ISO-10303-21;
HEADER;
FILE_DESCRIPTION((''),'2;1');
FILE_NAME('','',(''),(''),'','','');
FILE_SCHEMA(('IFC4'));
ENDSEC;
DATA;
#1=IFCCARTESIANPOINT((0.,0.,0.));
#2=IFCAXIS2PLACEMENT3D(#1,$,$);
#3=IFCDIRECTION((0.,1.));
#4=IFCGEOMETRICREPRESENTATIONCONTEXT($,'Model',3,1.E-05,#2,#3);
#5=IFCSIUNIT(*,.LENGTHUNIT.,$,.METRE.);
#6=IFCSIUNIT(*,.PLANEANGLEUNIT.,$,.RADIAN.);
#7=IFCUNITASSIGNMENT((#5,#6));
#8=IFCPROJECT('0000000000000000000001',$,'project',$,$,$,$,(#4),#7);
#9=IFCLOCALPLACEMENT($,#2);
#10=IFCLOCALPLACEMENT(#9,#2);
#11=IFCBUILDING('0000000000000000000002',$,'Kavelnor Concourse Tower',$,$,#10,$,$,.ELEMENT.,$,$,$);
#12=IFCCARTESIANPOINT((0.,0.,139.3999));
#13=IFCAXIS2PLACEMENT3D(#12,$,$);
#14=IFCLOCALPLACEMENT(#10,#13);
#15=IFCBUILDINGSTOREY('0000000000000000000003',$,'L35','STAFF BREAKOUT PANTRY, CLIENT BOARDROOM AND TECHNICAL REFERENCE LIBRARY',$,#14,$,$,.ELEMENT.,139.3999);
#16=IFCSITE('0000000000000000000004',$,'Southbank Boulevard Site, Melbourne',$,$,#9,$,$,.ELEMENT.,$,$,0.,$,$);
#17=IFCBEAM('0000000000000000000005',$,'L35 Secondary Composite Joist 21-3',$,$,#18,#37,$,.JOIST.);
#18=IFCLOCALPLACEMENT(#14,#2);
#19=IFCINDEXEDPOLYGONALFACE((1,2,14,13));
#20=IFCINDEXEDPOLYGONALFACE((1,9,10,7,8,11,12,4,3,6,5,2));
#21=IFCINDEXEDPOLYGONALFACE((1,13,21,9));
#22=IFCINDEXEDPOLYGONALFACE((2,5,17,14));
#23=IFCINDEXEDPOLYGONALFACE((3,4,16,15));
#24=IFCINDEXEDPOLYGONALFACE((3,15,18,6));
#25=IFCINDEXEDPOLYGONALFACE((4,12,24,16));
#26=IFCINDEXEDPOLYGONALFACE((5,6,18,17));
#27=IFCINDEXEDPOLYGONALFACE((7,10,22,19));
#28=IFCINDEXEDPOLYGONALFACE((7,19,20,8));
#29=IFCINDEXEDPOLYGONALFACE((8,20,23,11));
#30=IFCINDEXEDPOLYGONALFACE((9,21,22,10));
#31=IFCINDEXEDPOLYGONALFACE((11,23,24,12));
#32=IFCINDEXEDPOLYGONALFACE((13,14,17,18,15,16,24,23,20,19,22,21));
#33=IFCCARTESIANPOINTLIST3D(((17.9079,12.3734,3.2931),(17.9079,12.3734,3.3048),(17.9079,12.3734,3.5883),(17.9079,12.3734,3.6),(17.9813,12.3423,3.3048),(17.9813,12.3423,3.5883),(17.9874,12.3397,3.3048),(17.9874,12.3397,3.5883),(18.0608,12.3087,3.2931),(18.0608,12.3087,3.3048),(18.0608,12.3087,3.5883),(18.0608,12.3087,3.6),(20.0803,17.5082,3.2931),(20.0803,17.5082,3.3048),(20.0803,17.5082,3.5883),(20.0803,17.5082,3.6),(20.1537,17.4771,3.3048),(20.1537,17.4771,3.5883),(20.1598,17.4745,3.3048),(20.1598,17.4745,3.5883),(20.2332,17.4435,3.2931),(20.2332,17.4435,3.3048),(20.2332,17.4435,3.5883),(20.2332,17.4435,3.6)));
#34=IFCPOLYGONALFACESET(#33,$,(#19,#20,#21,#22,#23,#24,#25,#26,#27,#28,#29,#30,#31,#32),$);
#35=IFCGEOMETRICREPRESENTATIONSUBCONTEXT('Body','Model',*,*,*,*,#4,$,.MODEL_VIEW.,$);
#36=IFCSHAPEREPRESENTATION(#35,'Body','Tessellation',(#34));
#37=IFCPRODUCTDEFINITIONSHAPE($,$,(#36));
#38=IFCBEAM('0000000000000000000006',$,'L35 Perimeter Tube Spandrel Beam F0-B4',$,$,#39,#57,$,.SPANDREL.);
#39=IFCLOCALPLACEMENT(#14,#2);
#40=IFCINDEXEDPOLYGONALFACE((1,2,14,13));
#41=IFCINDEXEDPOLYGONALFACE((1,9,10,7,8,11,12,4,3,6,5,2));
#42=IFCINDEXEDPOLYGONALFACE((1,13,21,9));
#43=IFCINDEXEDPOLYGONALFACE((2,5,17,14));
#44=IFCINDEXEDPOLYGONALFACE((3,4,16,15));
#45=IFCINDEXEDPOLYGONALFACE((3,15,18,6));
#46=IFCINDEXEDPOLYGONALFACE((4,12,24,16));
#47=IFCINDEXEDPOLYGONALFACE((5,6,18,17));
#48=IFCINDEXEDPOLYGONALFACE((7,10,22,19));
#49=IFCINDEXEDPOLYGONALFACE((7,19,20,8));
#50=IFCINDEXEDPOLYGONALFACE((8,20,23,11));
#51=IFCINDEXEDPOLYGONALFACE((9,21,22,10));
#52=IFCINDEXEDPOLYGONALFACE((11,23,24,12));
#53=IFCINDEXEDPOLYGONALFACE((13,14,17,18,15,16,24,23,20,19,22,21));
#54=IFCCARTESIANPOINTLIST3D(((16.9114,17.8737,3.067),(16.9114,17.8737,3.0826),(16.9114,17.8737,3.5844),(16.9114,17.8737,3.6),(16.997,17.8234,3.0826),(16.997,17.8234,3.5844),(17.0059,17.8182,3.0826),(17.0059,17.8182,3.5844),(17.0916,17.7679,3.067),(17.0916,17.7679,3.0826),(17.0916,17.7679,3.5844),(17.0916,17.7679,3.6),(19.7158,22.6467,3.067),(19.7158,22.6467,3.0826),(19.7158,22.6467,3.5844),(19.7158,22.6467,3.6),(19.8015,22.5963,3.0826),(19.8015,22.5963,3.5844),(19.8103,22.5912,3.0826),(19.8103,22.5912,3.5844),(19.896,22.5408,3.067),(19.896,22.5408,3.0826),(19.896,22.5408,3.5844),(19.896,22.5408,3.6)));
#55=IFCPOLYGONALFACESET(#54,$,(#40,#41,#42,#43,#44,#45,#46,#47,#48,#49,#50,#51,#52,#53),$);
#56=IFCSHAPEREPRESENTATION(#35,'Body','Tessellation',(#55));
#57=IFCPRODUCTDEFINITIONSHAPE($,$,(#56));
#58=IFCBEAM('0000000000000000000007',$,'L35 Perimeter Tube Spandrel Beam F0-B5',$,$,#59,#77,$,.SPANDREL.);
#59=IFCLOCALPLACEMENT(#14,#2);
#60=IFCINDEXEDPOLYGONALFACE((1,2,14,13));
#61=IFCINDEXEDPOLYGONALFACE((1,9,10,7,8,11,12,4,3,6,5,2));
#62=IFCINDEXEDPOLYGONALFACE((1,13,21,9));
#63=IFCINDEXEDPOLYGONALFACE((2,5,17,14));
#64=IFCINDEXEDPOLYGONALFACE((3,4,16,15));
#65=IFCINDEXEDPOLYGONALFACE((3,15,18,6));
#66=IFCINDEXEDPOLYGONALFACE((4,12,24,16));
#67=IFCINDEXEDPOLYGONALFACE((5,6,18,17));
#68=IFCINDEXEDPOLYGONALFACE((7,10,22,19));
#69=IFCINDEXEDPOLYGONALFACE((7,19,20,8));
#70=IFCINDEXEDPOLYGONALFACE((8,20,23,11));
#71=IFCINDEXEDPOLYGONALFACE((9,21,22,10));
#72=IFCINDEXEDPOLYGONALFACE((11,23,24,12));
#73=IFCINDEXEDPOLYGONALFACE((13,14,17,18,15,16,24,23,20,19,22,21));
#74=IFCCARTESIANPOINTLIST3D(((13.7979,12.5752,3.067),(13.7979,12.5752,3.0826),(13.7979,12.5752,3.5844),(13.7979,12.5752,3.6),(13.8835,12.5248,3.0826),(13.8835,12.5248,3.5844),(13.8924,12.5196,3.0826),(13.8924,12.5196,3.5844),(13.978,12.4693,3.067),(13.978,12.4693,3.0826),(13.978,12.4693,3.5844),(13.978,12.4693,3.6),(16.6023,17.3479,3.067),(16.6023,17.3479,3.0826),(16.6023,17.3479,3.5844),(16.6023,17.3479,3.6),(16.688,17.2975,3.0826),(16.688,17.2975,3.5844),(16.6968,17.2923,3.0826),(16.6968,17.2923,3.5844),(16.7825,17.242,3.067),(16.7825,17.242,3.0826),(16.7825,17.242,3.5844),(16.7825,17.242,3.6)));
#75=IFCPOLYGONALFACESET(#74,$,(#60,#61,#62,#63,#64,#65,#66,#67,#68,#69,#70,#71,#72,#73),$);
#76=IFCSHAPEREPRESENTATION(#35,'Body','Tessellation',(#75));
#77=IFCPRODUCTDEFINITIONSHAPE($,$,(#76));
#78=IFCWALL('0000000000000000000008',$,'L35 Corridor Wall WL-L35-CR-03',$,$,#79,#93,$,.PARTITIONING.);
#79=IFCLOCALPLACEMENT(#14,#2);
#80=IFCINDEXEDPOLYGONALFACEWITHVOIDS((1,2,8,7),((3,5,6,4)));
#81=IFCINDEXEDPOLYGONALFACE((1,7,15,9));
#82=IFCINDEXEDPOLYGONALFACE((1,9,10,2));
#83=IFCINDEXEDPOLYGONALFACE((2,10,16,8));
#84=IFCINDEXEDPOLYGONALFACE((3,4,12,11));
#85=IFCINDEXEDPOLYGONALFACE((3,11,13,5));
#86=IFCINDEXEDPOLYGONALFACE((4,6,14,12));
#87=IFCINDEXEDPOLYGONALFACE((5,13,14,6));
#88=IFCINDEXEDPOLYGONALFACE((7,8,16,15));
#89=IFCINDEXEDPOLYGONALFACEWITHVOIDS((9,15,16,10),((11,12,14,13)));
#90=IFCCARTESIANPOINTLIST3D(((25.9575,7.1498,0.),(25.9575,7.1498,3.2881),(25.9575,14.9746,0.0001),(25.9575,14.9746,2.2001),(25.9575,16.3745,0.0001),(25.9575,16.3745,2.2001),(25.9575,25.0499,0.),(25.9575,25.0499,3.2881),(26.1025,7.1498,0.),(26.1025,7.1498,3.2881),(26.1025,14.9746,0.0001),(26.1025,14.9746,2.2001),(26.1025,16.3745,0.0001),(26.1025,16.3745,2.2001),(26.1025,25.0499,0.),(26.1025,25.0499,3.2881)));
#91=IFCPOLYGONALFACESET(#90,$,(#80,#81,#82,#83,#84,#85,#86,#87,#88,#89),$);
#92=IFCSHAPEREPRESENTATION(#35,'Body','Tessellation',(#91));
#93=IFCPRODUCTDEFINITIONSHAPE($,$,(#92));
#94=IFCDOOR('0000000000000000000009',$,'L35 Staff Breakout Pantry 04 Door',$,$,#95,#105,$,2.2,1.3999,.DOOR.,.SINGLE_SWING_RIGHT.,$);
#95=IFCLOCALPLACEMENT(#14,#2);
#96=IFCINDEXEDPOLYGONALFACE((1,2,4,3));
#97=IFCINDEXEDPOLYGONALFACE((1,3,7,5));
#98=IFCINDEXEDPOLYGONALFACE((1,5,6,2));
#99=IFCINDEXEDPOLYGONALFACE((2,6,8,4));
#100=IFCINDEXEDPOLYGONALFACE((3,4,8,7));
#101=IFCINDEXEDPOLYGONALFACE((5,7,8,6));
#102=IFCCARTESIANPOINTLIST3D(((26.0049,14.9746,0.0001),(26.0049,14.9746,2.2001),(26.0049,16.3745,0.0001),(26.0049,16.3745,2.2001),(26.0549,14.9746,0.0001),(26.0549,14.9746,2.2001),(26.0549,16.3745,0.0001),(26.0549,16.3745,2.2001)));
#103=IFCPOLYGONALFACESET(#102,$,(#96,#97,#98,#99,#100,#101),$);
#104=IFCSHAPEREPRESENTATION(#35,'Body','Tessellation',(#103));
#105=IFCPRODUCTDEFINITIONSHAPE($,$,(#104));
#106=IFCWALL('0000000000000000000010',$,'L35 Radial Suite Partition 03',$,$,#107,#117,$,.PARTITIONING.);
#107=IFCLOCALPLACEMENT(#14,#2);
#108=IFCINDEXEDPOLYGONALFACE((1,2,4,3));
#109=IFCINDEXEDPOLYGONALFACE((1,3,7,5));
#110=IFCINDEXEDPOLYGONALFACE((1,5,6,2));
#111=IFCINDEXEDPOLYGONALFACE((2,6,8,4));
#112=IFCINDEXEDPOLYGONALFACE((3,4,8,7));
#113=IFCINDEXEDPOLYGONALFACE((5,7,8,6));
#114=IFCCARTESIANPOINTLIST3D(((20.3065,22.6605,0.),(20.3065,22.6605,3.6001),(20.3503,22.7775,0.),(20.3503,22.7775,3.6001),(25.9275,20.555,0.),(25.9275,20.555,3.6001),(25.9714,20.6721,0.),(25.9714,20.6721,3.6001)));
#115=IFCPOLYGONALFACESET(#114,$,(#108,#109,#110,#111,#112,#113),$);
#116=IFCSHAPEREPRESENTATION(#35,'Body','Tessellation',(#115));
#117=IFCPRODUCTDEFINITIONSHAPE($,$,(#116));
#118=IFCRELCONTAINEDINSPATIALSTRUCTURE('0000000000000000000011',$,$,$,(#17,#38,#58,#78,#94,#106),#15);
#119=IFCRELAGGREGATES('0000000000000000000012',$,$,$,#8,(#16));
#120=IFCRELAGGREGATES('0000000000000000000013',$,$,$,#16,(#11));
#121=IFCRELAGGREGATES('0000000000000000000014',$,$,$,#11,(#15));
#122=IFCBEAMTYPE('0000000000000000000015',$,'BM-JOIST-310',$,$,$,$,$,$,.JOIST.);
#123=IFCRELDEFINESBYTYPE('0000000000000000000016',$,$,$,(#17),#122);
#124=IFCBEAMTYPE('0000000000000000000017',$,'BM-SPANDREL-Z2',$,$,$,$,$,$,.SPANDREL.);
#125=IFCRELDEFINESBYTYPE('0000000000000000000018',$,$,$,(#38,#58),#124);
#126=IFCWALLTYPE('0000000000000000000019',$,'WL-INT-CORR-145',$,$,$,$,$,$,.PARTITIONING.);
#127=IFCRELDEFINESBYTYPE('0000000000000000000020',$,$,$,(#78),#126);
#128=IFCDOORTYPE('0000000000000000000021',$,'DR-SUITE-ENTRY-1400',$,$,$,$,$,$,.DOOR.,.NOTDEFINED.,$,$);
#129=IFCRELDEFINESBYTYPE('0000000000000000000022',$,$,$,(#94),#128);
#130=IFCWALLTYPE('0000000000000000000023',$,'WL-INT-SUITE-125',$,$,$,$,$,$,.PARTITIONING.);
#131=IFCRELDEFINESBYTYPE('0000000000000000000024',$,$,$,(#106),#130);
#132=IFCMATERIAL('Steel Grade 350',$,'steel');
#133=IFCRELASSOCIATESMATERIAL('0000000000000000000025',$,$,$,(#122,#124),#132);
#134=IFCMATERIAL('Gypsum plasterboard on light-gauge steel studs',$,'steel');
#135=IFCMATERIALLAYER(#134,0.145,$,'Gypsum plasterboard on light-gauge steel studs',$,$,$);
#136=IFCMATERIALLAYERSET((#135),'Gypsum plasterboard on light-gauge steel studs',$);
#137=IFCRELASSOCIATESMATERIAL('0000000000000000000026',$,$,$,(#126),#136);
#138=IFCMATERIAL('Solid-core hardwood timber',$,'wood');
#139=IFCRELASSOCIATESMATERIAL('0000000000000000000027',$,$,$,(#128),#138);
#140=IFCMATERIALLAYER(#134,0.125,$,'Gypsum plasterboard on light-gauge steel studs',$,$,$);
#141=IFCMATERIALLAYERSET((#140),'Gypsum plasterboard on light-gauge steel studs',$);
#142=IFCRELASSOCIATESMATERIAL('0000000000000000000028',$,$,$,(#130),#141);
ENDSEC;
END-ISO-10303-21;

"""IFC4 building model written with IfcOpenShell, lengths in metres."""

from ifc_helpers import new_model, si_unit, direction, frame, frame_2d, origin, origin_2d, place, context, subcontext, project, spatial, rectangle, i_section, extrude, material, layer, layer_set, material_profile, profile_set, type_object, element, fill, save


model = new_model("IFC4")

# Units and contexts
model_context = context("Model", 3, precision=1e-05, world=origin(), true_north=direction((0.0, 1.0)))
body_context = subcontext(model_context, "Body", "Model", "MODEL_VIEW")
ifc_project = project(units=[si_unit("LENGTHUNIT", "METRE"), si_unit("PLANEANGLEUNIT", "RADIAN")], contexts=[model_context])

# Site, building, storey
site_placement = place(None, origin())
site = spatial("IfcSite", under=ifc_project, at=site_placement, Name="Southbank Boulevard Site, Melbourne", CompositionType="ELEMENT", RefElevation=0.0)
building_placement = place(site_placement, origin())
building = spatial("IfcBuilding", under=site, at=building_placement, Name="Kavelnor Concourse Tower", CompositionType="ELEMENT")
storey_placement = place(building_placement, frame((0.0, 0.0, 139.3999)))
storey = spatial("IfcBuildingStorey", under=building, at=storey_placement, Name="L35", Description="STAFF BREAKOUT PANTRY, CLIENT BOARDROOM AND TECHNICAL REFERENCE LIBRARY", CompositionType="ELEMENT", Elevation=139.3999)

# Shared definitions
ifc_material_1 = material(Name="Steel Grade 350", Category="steel")

# Beams
ifc_material_profile_1 = material_profile(ifc_material_1, i_section(OverallWidth=0.166, OverallDepth=0.3069, WebThickness=0.0066, FlangeThickness=0.0117, at=origin_2d()), Name="310UB46")
ifc_profile_set_1 = profile_set([ifc_material_profile_1], Name="Steel Grade 350")
beam_type_1 = type_object("IfcBeamType", Name="BM-JOIST-310", PredefinedType="JOIST", material=ifc_profile_set_1)
beam_1_placement = place(storey_placement, frame((20.1567, 17.4758, 3.4465), z_axis=(-0.389634, -0.92097, 0.0), x_axis=(0.92097, -0.389634, 0.0)))
element("IfcBeam", 1, at=beam_1_placement, inside=storey, type_object=beam_type_1, Name="L35 Secondary Composite Joist 21-3", PredefinedType="JOIST", context=body_context, shape_type="SweptSolid", body=[
    extrude(i_section(OverallWidth=0.166, OverallDepth=0.3069, WebThickness=0.0066, FlangeThickness=0.0117, at=origin_2d()), origin(), (0.0, 0.0, 1.0), 5.5754),
])
ifc_material_profile_2 = material_profile(ifc_material_1, i_section(OverallWidth=0.209, OverallDepth=0.533, WebThickness=0.0103, FlangeThickness=0.0156, at=origin_2d()), Name="530UB92")
ifc_profile_set_2 = profile_set([ifc_material_profile_2], Name="Steel Grade 350")
beam_type_2 = type_object("IfcBeamType", Name="BM-SPANDREL-Z2", PredefinedType="SPANDREL", material=ifc_profile_set_2)
beam_2_placement = place(storey_placement, frame((19.8059, 22.5938, 3.3335), z_axis=(-0.506594, -0.862185, 0.0), x_axis=(0.862185, -0.506594, 0.0)))
element("IfcBeam", 2, at=beam_2_placement, inside=storey, type_object=beam_type_2, Name="L35 Perimeter Tube Spandrel Beam F0-B4", PredefinedType="SPANDREL", context=body_context, shape_type="SweptSolid", body=[
    extrude(i_section(OverallWidth=0.209, OverallDepth=0.533, WebThickness=0.0103, FlangeThickness=0.0156, at=origin_2d()), origin(), (0.0, 0.0, 1.0), 5.5359),
])
beam_3_placement = place(storey_placement, frame((16.6924, 17.2949, 3.3335), z_axis=(-0.506613, -0.862173, 0.0), x_axis=(0.862173, -0.506613, 0.0)))
element("IfcBeam", 3, at=beam_3_placement, inside=storey, type_object=beam_type_2, Name="L35 Perimeter Tube Spandrel Beam F0-B5", PredefinedType="SPANDREL", context=body_context, shape_type="SweptSolid", body=[
    extrude(i_section(OverallWidth=0.209, OverallDepth=0.533, WebThickness=0.0103, FlangeThickness=0.0156, at=origin_2d()), origin(), (0.0, 0.0, 1.0), 5.5356),
])

# Wall, opening, door
ifc_material_2 = material(Name="Gypsum plasterboard on light-gauge steel studs", Category="steel")
ifc_layer_1 = layer(ifc_material_2, 0.145, Name="Gypsum plasterboard on light-gauge steel studs")
ifc_layer_set_1 = layer_set([ifc_layer_1], Name="Gypsum plasterboard on light-gauge steel studs")
wall_type_1 = type_object("IfcWallType", Name="WL-INT-CORR-145", PredefinedType="PARTITIONING", material=ifc_layer_set_1)
wall_1_placement = place(storey_placement, frame((26.03, 25.05, 0.0), z_axis=(0.0, 0.0, 1.0), x_axis=(0.0, -1.0, 0.0)))
wall_1 = element("IfcWall", 4, at=wall_1_placement, inside=storey, type_object=wall_type_1, Name="L35 Corridor Wall WL-L35-CR-03", PredefinedType="PARTITIONING", context=body_context, shape_type="SweptSolid", body=[
    extrude(rectangle(XDim=17.9001, YDim=0.145, at=frame_2d((8.9502, 0.0))), origin(), (0.0, 0.0, 1.0), 3.2881),
])
opening_placement = place(wall_1_placement, frame((8.6755, 0.0, 0.0)))
opening = element("IfcOpeningElement", 5, at=opening_placement, cuts=wall_1, PredefinedType="OPENING", context=body_context, shape_type="SweptSolid", body=[
    extrude(rectangle(XDim=1.3999, YDim=2.2, at=frame_2d((0.7, 1.1001))), frame((0.0, 0.0825, 0.0), z_axis=(0.0, -1.0, 0.0), x_axis=(1.0, 0.0, 0.0)), (0.0, 0.0, 1.0), 0.165),
])
ifc_material_3 = material(Name="Solid-core hardwood timber", Category="wood")
door_type = type_object("IfcDoorType", Name="DR-SUITE-ENTRY-1400", OperationType="NOTDEFINED", PredefinedType="DOOR", material=ifc_material_3)
door_placement = place(opening_placement, origin())
door = element("IfcDoor", 6, at=door_placement, inside=storey, type_object=door_type, Name="L35 Staff Breakout Pantry 04 Door", OperationType="SINGLE_SWING_RIGHT", OverallHeight=2.2, OverallWidth=1.3999, PredefinedType="DOOR", context=body_context, shape_type="SweptSolid", body=[
    extrude(rectangle(XDim=1.3999, YDim=2.2, at=frame_2d((0.7, 1.1001))), frame((0.0, 0.0249, 0.0), z_axis=(0.0, -1.0, 0.0), x_axis=(1.0, 0.0, 0.0)), (0.0, 0.0, 1.0), 0.05),
])
fill(opening, door)

# Wall
ifc_layer_2 = layer(ifc_material_2, 0.125, Name="Gypsum plasterboard on light-gauge steel studs")
ifc_layer_set_2 = layer_set([ifc_layer_2], Name="Gypsum plasterboard on light-gauge steel studs")
wall_type_2 = type_object("IfcWallType", Name="WL-INT-SUITE-125", PredefinedType="PARTITIONING", material=ifc_layer_set_2)
wall_2_placement = place(storey_placement, frame((25.9495, 20.6135, 0.0), z_axis=(0.0, 0.0, 1.0), x_axis=(-0.936463, 0.350767, 0.0)))
element("IfcWall", 7, at=wall_2_placement, inside=storey, type_object=wall_type_2, Name="L35 Radial Suite Partition 03", PredefinedType="PARTITIONING", context=body_context, shape_type="SweptSolid", body=[
    extrude(rectangle(XDim=6.0024, YDim=0.125, at=frame_2d((3.0012, 0.0))), origin(), (0.0, 0.0, 1.0), 3.6001),
])

save(model, "model.ifc")
